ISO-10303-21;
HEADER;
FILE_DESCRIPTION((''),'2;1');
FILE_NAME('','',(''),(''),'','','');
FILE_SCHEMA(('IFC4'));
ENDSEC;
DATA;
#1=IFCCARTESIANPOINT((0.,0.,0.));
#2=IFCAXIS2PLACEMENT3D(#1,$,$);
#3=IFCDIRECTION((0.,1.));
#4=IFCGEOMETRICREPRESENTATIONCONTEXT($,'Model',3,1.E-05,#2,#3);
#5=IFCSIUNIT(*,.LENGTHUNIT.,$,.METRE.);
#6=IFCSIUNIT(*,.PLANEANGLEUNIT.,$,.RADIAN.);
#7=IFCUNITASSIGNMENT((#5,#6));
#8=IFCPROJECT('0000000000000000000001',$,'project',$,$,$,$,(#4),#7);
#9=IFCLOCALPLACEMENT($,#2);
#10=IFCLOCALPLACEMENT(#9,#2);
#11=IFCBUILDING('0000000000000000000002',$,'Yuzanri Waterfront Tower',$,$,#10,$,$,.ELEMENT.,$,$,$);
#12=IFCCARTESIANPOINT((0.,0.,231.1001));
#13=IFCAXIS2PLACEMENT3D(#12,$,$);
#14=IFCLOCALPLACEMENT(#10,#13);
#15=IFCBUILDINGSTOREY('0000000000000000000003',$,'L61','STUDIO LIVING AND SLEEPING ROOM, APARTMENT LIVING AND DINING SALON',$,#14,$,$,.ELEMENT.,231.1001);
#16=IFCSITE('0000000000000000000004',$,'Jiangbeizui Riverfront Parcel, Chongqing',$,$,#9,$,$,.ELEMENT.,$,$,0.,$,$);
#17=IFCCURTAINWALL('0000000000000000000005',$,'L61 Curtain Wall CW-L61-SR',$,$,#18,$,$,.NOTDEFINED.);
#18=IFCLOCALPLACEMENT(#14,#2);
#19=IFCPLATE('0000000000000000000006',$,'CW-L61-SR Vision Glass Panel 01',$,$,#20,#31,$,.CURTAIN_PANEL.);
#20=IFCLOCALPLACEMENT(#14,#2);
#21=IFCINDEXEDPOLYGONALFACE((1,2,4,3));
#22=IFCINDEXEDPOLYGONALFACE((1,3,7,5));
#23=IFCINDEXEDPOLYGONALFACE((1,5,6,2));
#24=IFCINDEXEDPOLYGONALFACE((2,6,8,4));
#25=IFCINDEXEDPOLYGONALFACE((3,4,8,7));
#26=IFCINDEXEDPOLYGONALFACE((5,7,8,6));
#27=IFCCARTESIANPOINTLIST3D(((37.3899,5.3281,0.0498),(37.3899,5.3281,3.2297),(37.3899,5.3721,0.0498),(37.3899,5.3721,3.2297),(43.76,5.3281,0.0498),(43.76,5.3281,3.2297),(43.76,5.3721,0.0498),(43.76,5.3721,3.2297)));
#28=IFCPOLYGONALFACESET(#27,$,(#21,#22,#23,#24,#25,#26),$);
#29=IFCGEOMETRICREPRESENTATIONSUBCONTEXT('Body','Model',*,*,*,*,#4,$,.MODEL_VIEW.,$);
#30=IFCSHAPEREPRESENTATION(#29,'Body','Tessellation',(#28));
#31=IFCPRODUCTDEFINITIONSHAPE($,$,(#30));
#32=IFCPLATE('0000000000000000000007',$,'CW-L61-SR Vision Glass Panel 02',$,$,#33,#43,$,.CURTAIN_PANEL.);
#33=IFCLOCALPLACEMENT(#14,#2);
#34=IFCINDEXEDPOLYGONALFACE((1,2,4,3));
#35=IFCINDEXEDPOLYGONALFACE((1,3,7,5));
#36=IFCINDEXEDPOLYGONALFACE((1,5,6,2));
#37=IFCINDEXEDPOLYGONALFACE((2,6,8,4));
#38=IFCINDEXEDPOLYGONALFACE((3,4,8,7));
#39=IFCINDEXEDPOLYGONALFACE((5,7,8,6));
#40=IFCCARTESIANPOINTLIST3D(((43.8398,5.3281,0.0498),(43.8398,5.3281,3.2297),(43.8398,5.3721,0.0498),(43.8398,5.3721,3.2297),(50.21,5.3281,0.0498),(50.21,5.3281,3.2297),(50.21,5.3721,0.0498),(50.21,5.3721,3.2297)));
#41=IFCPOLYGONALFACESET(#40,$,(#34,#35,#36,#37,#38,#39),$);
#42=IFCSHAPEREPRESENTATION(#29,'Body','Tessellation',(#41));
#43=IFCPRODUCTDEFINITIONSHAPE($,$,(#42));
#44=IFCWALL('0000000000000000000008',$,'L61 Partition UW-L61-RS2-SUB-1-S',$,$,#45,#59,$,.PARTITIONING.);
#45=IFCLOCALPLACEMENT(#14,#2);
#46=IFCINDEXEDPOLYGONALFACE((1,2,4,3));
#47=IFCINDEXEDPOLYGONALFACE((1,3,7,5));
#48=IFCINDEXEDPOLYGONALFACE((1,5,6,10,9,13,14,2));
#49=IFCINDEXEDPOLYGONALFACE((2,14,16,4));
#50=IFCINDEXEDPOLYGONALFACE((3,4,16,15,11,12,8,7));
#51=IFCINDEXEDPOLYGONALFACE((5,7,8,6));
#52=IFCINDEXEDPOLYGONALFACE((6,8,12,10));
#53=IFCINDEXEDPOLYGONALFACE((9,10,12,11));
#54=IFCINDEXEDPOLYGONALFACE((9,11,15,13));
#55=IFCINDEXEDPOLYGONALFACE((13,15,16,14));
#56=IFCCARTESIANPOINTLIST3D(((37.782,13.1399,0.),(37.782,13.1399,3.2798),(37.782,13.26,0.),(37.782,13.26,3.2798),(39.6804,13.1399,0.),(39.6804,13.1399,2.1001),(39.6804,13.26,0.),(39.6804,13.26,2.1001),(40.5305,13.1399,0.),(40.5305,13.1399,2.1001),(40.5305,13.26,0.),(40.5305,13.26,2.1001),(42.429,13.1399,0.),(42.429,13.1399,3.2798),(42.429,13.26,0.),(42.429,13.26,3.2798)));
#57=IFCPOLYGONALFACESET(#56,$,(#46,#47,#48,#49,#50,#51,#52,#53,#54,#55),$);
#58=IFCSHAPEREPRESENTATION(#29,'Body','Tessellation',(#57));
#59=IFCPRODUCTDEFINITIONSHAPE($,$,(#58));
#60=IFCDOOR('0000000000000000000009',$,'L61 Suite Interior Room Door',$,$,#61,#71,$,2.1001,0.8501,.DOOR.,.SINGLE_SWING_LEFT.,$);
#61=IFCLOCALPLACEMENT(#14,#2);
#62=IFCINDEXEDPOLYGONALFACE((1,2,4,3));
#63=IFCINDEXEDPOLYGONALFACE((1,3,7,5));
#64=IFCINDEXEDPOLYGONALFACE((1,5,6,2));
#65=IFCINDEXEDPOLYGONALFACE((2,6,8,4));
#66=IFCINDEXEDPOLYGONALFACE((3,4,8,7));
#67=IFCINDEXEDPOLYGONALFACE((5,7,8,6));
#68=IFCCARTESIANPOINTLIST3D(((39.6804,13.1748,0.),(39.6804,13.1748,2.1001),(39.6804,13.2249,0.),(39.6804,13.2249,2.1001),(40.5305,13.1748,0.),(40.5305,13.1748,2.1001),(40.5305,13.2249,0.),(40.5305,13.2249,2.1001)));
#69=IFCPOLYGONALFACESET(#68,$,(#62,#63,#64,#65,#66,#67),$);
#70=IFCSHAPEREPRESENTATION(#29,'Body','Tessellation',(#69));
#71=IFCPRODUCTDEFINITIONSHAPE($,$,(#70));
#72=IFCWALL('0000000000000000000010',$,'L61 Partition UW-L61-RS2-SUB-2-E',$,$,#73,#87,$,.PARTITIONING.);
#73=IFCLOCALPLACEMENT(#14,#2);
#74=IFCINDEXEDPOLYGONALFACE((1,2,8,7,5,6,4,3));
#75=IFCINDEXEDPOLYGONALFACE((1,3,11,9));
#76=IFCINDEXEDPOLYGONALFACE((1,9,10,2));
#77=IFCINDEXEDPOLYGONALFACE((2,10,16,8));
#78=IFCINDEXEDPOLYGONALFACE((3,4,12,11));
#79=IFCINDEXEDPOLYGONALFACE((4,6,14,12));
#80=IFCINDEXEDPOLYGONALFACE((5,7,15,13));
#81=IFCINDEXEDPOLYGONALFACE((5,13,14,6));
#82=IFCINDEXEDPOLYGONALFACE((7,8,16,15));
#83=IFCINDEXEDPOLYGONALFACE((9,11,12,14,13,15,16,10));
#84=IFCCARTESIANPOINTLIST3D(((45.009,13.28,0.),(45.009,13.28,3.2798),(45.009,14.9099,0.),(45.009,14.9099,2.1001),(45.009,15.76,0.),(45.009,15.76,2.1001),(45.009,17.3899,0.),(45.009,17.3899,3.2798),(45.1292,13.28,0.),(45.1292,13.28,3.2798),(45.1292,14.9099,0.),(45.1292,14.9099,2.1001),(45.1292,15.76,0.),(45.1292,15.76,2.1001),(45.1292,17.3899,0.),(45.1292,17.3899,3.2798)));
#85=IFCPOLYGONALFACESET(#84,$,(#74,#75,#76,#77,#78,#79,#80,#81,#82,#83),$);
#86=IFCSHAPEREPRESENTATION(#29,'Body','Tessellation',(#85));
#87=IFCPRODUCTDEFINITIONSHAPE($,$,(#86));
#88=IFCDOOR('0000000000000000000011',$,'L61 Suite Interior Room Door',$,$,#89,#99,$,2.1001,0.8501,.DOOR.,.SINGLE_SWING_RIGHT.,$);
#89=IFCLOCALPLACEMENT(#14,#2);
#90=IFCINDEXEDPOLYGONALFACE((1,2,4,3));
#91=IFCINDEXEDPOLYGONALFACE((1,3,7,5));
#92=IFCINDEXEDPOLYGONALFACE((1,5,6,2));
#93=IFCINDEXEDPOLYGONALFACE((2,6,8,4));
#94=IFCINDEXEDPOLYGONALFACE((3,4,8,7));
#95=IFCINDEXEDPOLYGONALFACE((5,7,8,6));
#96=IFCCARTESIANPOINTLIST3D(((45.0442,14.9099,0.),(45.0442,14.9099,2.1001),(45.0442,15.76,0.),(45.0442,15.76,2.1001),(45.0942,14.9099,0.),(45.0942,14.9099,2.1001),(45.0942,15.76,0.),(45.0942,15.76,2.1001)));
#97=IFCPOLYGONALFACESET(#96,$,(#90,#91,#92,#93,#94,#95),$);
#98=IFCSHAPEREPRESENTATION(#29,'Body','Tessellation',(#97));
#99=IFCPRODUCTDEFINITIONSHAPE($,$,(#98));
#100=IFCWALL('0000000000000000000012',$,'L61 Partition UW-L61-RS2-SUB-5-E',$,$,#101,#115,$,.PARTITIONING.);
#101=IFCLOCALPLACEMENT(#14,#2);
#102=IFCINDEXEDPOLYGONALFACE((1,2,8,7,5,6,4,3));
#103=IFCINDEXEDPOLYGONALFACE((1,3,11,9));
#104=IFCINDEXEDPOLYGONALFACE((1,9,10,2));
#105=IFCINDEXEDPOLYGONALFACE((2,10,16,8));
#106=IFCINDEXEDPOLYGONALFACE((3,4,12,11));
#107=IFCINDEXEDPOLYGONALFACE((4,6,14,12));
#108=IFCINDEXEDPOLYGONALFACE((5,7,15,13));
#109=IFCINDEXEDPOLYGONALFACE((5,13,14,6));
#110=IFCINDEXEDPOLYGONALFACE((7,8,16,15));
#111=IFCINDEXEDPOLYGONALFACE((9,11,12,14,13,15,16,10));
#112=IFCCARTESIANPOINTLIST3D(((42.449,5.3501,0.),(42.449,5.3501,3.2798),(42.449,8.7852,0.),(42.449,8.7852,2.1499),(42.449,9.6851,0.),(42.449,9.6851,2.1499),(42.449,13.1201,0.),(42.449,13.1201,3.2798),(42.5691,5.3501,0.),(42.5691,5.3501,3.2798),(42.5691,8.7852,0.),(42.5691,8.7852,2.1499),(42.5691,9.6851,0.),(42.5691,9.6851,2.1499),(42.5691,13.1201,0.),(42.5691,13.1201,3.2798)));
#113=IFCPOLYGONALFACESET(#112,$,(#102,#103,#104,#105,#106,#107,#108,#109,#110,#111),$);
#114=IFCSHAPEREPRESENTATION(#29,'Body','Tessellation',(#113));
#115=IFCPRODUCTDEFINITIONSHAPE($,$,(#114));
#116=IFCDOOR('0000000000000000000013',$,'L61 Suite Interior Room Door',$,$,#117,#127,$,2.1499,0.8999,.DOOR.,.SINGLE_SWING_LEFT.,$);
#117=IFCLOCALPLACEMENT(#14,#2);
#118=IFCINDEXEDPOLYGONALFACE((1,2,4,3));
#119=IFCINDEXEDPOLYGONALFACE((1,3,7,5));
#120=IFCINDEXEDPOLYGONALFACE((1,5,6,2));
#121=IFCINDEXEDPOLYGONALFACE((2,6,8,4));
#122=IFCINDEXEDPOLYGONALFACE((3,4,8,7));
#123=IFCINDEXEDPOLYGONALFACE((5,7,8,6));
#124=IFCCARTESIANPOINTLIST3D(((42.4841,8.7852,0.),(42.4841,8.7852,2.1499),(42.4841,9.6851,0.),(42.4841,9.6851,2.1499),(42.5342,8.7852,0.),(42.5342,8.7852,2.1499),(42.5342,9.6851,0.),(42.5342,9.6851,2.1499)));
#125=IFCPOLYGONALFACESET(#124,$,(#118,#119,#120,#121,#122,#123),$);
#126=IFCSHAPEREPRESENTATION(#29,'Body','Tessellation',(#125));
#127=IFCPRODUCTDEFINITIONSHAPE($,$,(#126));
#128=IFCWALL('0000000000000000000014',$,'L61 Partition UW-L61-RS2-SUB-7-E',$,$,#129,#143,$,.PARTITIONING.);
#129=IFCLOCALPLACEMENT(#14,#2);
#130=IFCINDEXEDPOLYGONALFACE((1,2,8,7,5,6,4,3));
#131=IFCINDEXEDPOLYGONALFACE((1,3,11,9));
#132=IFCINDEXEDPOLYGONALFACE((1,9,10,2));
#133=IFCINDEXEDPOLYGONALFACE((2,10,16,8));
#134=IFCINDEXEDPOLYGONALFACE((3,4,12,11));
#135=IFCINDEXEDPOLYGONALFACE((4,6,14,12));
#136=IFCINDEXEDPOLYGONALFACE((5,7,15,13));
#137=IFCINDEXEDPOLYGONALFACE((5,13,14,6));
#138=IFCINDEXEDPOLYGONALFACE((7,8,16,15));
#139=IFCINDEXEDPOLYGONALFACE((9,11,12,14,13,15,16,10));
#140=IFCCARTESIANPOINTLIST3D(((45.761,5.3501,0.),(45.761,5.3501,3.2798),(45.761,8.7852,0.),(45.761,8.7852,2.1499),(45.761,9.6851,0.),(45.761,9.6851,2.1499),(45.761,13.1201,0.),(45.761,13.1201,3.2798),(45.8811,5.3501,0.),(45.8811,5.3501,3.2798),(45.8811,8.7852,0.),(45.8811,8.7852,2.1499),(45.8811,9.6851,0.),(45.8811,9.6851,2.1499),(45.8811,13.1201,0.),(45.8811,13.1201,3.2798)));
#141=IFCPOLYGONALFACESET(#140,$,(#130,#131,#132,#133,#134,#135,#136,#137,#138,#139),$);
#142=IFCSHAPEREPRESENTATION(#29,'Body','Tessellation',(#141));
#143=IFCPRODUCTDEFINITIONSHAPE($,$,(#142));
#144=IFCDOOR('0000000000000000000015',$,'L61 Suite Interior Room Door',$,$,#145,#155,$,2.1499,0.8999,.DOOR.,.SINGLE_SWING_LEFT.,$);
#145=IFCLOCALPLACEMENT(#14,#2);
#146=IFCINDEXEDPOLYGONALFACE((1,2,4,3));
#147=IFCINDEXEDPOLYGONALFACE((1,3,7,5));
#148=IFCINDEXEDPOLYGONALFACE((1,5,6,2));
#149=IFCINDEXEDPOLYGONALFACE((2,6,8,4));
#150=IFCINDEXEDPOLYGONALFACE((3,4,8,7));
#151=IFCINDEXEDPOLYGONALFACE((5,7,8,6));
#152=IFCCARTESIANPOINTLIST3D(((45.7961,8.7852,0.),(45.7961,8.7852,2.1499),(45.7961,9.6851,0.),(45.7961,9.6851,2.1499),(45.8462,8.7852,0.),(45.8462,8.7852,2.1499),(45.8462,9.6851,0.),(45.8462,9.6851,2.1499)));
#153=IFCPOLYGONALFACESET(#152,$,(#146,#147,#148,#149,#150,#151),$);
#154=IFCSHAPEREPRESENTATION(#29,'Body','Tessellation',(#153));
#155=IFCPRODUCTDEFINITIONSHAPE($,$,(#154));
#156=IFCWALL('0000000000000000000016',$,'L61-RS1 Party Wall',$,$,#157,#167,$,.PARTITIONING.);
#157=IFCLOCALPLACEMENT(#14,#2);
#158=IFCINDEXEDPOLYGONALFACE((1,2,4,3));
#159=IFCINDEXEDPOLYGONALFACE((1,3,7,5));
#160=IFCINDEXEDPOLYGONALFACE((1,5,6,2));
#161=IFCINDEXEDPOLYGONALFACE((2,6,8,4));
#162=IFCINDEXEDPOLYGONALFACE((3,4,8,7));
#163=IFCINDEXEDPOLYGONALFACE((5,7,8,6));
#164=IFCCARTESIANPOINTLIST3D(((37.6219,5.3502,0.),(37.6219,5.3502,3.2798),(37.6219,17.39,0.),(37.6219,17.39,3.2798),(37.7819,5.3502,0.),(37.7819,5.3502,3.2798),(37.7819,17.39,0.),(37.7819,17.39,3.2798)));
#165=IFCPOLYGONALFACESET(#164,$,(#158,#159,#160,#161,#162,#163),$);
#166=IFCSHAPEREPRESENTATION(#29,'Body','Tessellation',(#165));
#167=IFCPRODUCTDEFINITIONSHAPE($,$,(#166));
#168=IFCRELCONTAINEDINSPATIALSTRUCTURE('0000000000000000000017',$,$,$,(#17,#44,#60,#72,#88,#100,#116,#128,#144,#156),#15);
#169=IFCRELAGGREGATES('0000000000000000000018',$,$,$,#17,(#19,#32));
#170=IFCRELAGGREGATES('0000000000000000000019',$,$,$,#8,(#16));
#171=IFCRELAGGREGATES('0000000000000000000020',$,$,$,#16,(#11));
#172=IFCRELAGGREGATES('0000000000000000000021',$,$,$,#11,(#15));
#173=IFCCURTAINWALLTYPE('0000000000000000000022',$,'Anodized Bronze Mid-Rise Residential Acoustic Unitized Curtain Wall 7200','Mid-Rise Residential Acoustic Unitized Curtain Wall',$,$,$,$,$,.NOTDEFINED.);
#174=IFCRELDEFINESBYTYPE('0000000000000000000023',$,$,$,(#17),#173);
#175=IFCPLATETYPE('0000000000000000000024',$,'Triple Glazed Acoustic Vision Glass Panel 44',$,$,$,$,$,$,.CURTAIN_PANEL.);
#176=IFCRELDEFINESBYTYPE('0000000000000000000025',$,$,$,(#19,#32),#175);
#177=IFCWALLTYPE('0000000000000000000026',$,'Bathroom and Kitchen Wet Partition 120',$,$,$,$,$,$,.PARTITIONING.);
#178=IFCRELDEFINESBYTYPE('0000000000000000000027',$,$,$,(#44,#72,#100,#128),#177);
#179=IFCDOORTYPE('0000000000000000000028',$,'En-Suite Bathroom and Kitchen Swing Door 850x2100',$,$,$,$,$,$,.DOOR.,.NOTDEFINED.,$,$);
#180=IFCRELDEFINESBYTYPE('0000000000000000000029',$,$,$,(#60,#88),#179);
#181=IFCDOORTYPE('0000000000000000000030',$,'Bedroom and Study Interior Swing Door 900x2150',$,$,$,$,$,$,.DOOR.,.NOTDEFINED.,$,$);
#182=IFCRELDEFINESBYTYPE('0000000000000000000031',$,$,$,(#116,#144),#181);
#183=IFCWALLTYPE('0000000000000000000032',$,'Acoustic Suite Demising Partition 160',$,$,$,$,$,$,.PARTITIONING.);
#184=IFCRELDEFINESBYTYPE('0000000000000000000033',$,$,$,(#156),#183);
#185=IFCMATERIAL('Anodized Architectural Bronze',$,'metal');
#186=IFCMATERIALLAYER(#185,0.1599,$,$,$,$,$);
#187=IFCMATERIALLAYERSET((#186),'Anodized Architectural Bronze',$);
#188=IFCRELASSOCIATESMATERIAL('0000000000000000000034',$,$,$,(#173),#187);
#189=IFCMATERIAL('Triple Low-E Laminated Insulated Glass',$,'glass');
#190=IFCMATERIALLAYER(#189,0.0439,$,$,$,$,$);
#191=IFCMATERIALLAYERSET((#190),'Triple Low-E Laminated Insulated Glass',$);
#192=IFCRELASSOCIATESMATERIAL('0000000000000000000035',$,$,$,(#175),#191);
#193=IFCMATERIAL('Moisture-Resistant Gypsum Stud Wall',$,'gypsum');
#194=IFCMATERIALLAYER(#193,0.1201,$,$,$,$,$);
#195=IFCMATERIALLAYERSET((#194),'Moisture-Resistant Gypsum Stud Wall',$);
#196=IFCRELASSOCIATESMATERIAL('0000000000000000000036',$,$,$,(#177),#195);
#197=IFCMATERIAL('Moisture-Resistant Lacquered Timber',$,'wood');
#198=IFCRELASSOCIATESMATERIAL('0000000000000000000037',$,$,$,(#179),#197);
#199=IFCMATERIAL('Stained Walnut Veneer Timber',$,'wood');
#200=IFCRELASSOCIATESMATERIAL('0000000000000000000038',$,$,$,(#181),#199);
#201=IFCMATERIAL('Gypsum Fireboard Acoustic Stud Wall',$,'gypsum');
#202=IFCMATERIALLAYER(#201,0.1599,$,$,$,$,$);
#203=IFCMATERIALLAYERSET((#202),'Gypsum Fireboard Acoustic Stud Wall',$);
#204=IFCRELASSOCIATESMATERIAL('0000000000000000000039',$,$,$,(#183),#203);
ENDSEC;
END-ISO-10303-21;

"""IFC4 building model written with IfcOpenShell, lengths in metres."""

from ifc_helpers import new_model, si_unit, direction, frame, frame_2d, origin, origin_2d, place, context, subcontext, project, spatial, rectangle, extrude, source, transform, mapped, material, layer, layer_set, type_object, element, fill, aggregate, save


model = new_model("IFC4")

# Units and contexts
model_context = context("Model", 3, precision=1e-05, world=origin(), true_north=direction((0.0, 1.0)))
body_context = subcontext(model_context, "Body", "Model", "MODEL_VIEW")
ifc_project = project(units=[si_unit("LENGTHUNIT", "METRE"), si_unit("PLANEANGLEUNIT", "RADIAN")], contexts=[model_context])

# Site, building, storey
site_placement = place(None, origin())
site = spatial("IfcSite", under=ifc_project, at=site_placement, Name="Jiangbeizui Riverfront Parcel, Chongqing", CompositionType="ELEMENT", RefElevation=0.0)
building_placement = place(site_placement, origin())
building = spatial("IfcBuilding", under=site, at=building_placement, Name="Yuzanri Waterfront Tower", CompositionType="ELEMENT")
storey_placement = place(building_placement, frame((0.0, 0.0, 231.1001)))
storey = spatial("IfcBuildingStorey", under=building, at=storey_placement, Name="L61", Description="STUDIO LIVING AND SLEEPING ROOM, APARTMENT LIVING AND DINING SALON", CompositionType="ELEMENT", Elevation=231.1001)

# Curtain wall, plates
ifc_material_1 = material(Name="Anodized Architectural Bronze", Category="metal")
ifc_layer_1 = layer(ifc_material_1, 0.1599)
ifc_layer_set_1 = layer_set([ifc_layer_1], Name="Anodized Architectural Bronze")
curtain_wall_type = type_object("IfcCurtainWallType", Name="Anodized Bronze Mid-Rise Residential Acoustic Unitized Curtain Wall 7200", Description="Mid-Rise Residential Acoustic Unitized Curtain Wall", PredefinedType="NOTDEFINED", material=ifc_layer_set_1)
curtain_wall_placement = place(storey_placement, origin())
curtain_wall = element("IfcCurtainWall", 1, at=curtain_wall_placement, inside=storey, type_object=curtain_wall_type, Name="L61 Curtain Wall CW-L61-SR", PredefinedType="NOTDEFINED")
ifc_material_2 = material(Name="Triple Low-E Laminated Insulated Glass", Category="glass")
ifc_layer_2 = layer(ifc_material_2, 0.0439)
ifc_layer_set_2 = layer_set([ifc_layer_2], Name="Triple Low-E Laminated Insulated Glass")
plate_type = type_object("IfcPlateType", Name="Triple Glazed Acoustic Vision Glass Panel 44", PredefinedType="CURTAIN_PANEL", material=ifc_layer_set_2)
shared_shape_1 = source(origin(), body_context, "Body", "SweptSolid", [
    extrude(rectangle(XDim=6.3701, YDim=0.0439, at=origin_2d()), origin(), (0.0, 0.0, 1.0), 3.1799),
])
plate_1_placement = place(storey_placement, frame((40.575, 5.3501, 0.0498), z_axis=(0.0, 0.0, 1.0), x_axis=(1.0, 0.0, 0.0)))
plate_1 = element("IfcPlate", 2, at=plate_1_placement, type_object=plate_type, Name="CW-L61-SR Vision Glass Panel 01", PredefinedType="CURTAIN_PANEL", context=body_context, shape_type="MappedRepresentation", body=[
    mapped(shared_shape_1, transform((0.0, 0.0, 0.0), scale=1.0)),
])
plate_2_placement = place(storey_placement, frame((47.0249, 5.3501, 0.0498), z_axis=(0.0, 0.0, 1.0), x_axis=(1.0, 0.0, 0.0)))
plate_2 = element("IfcPlate", 3, at=plate_2_placement, type_object=plate_type, Name="CW-L61-SR Vision Glass Panel 02", PredefinedType="CURTAIN_PANEL", context=body_context, shape_type="MappedRepresentation", body=[
    mapped(shared_shape_1, transform((0.0, 0.0, 0.0), scale=1.0)),
])
aggregate(curtain_wall, [plate_1, plate_2])

# Walls, openings, doors
ifc_material_3 = material(Name="Moisture-Resistant Gypsum Stud Wall", Category="gypsum")
ifc_layer_3 = layer(ifc_material_3, 0.1201)
ifc_layer_set_3 = layer_set([ifc_layer_3], Name="Moisture-Resistant Gypsum Stud Wall")
wall_type_1 = type_object("IfcWallType", Name="Bathroom and Kitchen Wet Partition 120", PredefinedType="PARTITIONING", material=ifc_layer_set_3)
wall_1_placement = place(storey_placement, frame((37.782, 13.2, 0.0), z_axis=(0.0, 0.0, 1.0), x_axis=(1.0, 0.0, 0.0)))
wall_1 = element("IfcWall", 4, at=wall_1_placement, inside=storey, type_object=wall_type_1, Name="L61 Partition UW-L61-RS2-SUB-1-S", PredefinedType="PARTITIONING", context=body_context, shape_type="SweptSolid", body=[
    extrude(rectangle(XDim=4.647, YDim=0.1201, at=frame_2d((2.3235, 0.0))), origin(), (0.0, 0.0, 1.0), 3.2798),
])
opening_1_placement = place(wall_1_placement, frame((1.8984, 0.0, 0.0)))
opening_1 = element("IfcOpeningElement", 5, at=opening_1_placement, cuts=wall_1, PredefinedType="OPENING", context=body_context, shape_type="SweptSolid", body=[
    extrude(rectangle(XDim=0.8501, YDim=2.1001, at=frame_2d((0.425, 1.05))), frame((0.0, 0.075, 0.0), z_axis=(0.0, -1.0, 0.0), x_axis=(1.0, 0.0, 0.0)), (0.0, 0.0, 1.0), 0.1499),
])
ifc_material_4 = material(Name="Moisture-Resistant Lacquered Timber", Category="wood")
door_type_1 = type_object("IfcDoorType", Name="En-Suite Bathroom and Kitchen Swing Door 850x2100", OperationType="NOTDEFINED", PredefinedType="DOOR", material=ifc_material_4)
shared_shape_2 = source(origin(), body_context, "Body", "SweptSolid", [
    extrude(rectangle(XDim=0.8501, YDim=2.1001, at=frame_2d((0.425, 1.05))), frame((0.0, 0.0249, 0.0), z_axis=(0.0, -1.0, 0.0), x_axis=(1.0, 0.0, 0.0)), (0.0, 0.0, 1.0), 0.05),
])
door_1_placement = place(opening_1_placement, origin())
door_1 = element("IfcDoor", 6, at=door_1_placement, inside=storey, type_object=door_type_1, Name="L61 Suite Interior Room Door", OperationType="SINGLE_SWING_LEFT", OverallHeight=2.1001, OverallWidth=0.8501, PredefinedType="DOOR", context=body_context, shape_type="MappedRepresentation", body=[
    mapped(shared_shape_2, transform((0.0, 0.0, 0.0), scale=1.0)),
])
fill(opening_1, door_1)
wall_2_placement = place(storey_placement, frame((45.0691, 13.28, 0.0), z_axis=(0.0, 0.0, 1.0), x_axis=(0.0, 1.0, 0.0)))
wall_2 = element("IfcWall", 7, at=wall_2_placement, inside=storey, type_object=wall_type_1, Name="L61 Partition UW-L61-RS2-SUB-2-E", PredefinedType="PARTITIONING", context=body_context, shape_type="SweptSolid", body=[
    extrude(rectangle(XDim=4.1099, YDim=0.1201, at=frame_2d((2.0549, 0.0))), origin(), (0.0, 0.0, 1.0), 3.2798),
])
opening_2_placement = place(wall_2_placement, frame((1.6299, 0.0, 0.0)))
opening_2 = element("IfcOpeningElement", 8, at=opening_2_placement, cuts=wall_2, PredefinedType="OPENING", context=body_context, shape_type="SweptSolid", body=[
    extrude(rectangle(XDim=0.8501, YDim=2.1001, at=frame_2d((0.425, 1.05))), frame((0.0, 0.075, 0.0), z_axis=(0.0, -1.0, 0.0), x_axis=(1.0, 0.0, 0.0)), (0.0, 0.0, 1.0), 0.1499),
])
door_2_placement = place(opening_2_placement, origin())
door_2 = element("IfcDoor", 9, at=door_2_placement, inside=storey, type_object=door_type_1, Name="L61 Suite Interior Room Door", OperationType="SINGLE_SWING_RIGHT", OverallHeight=2.1001, OverallWidth=0.8501, PredefinedType="DOOR", context=body_context, shape_type="MappedRepresentation", body=[
    mapped(shared_shape_2, transform((0.0, 0.0, 0.0), scale=1.0)),
])
fill(opening_2, door_2)
wall_3_placement = place(storey_placement, frame((42.509, 5.3501, 0.0), z_axis=(0.0, 0.0, 1.0), x_axis=(0.0, 1.0, 0.0)))
wall_3 = element("IfcWall", 10, at=wall_3_placement, inside=storey, type_object=wall_type_1, Name="L61 Partition UW-L61-RS2-SUB-5-E", PredefinedType="PARTITIONING", context=body_context, shape_type="SweptSolid", body=[
    extrude(rectangle(XDim=7.77, YDim=0.1201, at=frame_2d((3.885, 0.0))), origin(), (0.0, 0.0, 1.0), 3.2798),
])
opening_3_placement = place(wall_3_placement, frame((3.4351, 0.0, 0.0)))
opening_3 = element("IfcOpeningElement", 11, at=opening_3_placement, cuts=wall_3, PredefinedType="OPENING", context=body_context, shape_type="SweptSolid", body=[
    extrude(rectangle(XDim=0.8999, YDim=2.1499, at=frame_2d((0.45, 1.075))), frame((0.0, 0.075, 0.0), z_axis=(0.0, -1.0, 0.0), x_axis=(1.0, 0.0, 0.0)), (0.0, 0.0, 1.0), 0.1499),
])
ifc_material_5 = material(Name="Stained Walnut Veneer Timber", Category="wood")
door_type_2 = type_object("IfcDoorType", Name="Bedroom and Study Interior Swing Door 900x2150", OperationType="NOTDEFINED", PredefinedType="DOOR", material=ifc_material_5)
shared_shape_3 = source(origin(), body_context, "Body", "SweptSolid", [
    extrude(rectangle(XDim=0.8999, YDim=2.1499, at=frame_2d((0.45, 1.075))), frame((0.0, 0.0249, 0.0), z_axis=(0.0, -1.0, 0.0), x_axis=(1.0, 0.0, 0.0)), (0.0, 0.0, 1.0), 0.05),
])
door_3_placement = place(opening_3_placement, origin())
door_3 = element("IfcDoor", 12, at=door_3_placement, inside=storey, type_object=door_type_2, Name="L61 Suite Interior Room Door", OperationType="SINGLE_SWING_LEFT", OverallHeight=2.1499, OverallWidth=0.8999, PredefinedType="DOOR", context=body_context, shape_type="MappedRepresentation", body=[
    mapped(shared_shape_3, transform((0.0, 0.0, 0.0), scale=1.0)),
])
fill(opening_3, door_3)
wall_4_placement = place(storey_placement, frame((45.821, 5.3501, 0.0), z_axis=(0.0, 0.0, 1.0), x_axis=(0.0, 1.0, 0.0)))
wall_4 = element("IfcWall", 13, at=wall_4_placement, inside=storey, type_object=wall_type_1, Name="L61 Partition UW-L61-RS2-SUB-7-E", PredefinedType="PARTITIONING", context=body_context, shape_type="SweptSolid", body=[
    extrude(rectangle(XDim=7.77, YDim=0.1201, at=frame_2d((3.885, 0.0))), origin(), (0.0, 0.0, 1.0), 3.2798),
])
opening_4_placement = place(wall_4_placement, frame((3.4351, 0.0, 0.0)))
opening_4 = element("IfcOpeningElement", 14, at=opening_4_placement, cuts=wall_4, PredefinedType="OPENING", context=body_context, shape_type="SweptSolid", body=[
    extrude(rectangle(XDim=0.8999, YDim=2.1499, at=frame_2d((0.45, 1.075))), frame((0.0, 0.075, 0.0), z_axis=(0.0, -1.0, 0.0), x_axis=(1.0, 0.0, 0.0)), (0.0, 0.0, 1.0), 0.1499),
])
door_4_placement = place(opening_4_placement, origin())
door_4 = element("IfcDoor", 15, at=door_4_placement, inside=storey, type_object=door_type_2, Name="L61 Suite Interior Room Door", OperationType="SINGLE_SWING_LEFT", OverallHeight=2.1499, OverallWidth=0.8999, PredefinedType="DOOR", context=body_context, shape_type="MappedRepresentation", body=[
    mapped(shared_shape_3, transform((0.0, 0.0, 0.0), scale=1.0)),
])
fill(opening_4, door_4)

# Wall
ifc_material_6 = material(Name="Gypsum Fireboard Acoustic Stud Wall", Category="gypsum")
ifc_layer_4 = layer(ifc_material_6, 0.1599)
ifc_layer_set_4 = layer_set([ifc_layer_4], Name="Gypsum Fireboard Acoustic Stud Wall")
wall_type_2 = type_object("IfcWallType", Name="Acoustic Suite Demising Partition 160", PredefinedType="PARTITIONING", material=ifc_layer_set_4)
shared_shape_4 = source(origin(), body_context, "Body", "SweptSolid", [
    extrude(rectangle(XDim=12.0398, YDim=0.1599, at=frame_2d((6.02, 0.0))), origin(), (0.0, 0.0, 1.0), 3.2798),
])
wall_5_placement = place(storey_placement, frame((37.7019, 5.3501, 0.0), z_axis=(0.0, 0.0, 1.0), x_axis=(0.0, 1.0, 0.0)))
element("IfcWall", 16, at=wall_5_placement, inside=storey, type_object=wall_type_2, Name="L61-RS1 Party Wall", PredefinedType="PARTITIONING", context=body_context, shape_type="MappedRepresentation", body=[
    mapped(shared_shape_4, transform((0.0, 0.0, 0.0), scale=1.0)),
])

save(model, "model.ifc")
